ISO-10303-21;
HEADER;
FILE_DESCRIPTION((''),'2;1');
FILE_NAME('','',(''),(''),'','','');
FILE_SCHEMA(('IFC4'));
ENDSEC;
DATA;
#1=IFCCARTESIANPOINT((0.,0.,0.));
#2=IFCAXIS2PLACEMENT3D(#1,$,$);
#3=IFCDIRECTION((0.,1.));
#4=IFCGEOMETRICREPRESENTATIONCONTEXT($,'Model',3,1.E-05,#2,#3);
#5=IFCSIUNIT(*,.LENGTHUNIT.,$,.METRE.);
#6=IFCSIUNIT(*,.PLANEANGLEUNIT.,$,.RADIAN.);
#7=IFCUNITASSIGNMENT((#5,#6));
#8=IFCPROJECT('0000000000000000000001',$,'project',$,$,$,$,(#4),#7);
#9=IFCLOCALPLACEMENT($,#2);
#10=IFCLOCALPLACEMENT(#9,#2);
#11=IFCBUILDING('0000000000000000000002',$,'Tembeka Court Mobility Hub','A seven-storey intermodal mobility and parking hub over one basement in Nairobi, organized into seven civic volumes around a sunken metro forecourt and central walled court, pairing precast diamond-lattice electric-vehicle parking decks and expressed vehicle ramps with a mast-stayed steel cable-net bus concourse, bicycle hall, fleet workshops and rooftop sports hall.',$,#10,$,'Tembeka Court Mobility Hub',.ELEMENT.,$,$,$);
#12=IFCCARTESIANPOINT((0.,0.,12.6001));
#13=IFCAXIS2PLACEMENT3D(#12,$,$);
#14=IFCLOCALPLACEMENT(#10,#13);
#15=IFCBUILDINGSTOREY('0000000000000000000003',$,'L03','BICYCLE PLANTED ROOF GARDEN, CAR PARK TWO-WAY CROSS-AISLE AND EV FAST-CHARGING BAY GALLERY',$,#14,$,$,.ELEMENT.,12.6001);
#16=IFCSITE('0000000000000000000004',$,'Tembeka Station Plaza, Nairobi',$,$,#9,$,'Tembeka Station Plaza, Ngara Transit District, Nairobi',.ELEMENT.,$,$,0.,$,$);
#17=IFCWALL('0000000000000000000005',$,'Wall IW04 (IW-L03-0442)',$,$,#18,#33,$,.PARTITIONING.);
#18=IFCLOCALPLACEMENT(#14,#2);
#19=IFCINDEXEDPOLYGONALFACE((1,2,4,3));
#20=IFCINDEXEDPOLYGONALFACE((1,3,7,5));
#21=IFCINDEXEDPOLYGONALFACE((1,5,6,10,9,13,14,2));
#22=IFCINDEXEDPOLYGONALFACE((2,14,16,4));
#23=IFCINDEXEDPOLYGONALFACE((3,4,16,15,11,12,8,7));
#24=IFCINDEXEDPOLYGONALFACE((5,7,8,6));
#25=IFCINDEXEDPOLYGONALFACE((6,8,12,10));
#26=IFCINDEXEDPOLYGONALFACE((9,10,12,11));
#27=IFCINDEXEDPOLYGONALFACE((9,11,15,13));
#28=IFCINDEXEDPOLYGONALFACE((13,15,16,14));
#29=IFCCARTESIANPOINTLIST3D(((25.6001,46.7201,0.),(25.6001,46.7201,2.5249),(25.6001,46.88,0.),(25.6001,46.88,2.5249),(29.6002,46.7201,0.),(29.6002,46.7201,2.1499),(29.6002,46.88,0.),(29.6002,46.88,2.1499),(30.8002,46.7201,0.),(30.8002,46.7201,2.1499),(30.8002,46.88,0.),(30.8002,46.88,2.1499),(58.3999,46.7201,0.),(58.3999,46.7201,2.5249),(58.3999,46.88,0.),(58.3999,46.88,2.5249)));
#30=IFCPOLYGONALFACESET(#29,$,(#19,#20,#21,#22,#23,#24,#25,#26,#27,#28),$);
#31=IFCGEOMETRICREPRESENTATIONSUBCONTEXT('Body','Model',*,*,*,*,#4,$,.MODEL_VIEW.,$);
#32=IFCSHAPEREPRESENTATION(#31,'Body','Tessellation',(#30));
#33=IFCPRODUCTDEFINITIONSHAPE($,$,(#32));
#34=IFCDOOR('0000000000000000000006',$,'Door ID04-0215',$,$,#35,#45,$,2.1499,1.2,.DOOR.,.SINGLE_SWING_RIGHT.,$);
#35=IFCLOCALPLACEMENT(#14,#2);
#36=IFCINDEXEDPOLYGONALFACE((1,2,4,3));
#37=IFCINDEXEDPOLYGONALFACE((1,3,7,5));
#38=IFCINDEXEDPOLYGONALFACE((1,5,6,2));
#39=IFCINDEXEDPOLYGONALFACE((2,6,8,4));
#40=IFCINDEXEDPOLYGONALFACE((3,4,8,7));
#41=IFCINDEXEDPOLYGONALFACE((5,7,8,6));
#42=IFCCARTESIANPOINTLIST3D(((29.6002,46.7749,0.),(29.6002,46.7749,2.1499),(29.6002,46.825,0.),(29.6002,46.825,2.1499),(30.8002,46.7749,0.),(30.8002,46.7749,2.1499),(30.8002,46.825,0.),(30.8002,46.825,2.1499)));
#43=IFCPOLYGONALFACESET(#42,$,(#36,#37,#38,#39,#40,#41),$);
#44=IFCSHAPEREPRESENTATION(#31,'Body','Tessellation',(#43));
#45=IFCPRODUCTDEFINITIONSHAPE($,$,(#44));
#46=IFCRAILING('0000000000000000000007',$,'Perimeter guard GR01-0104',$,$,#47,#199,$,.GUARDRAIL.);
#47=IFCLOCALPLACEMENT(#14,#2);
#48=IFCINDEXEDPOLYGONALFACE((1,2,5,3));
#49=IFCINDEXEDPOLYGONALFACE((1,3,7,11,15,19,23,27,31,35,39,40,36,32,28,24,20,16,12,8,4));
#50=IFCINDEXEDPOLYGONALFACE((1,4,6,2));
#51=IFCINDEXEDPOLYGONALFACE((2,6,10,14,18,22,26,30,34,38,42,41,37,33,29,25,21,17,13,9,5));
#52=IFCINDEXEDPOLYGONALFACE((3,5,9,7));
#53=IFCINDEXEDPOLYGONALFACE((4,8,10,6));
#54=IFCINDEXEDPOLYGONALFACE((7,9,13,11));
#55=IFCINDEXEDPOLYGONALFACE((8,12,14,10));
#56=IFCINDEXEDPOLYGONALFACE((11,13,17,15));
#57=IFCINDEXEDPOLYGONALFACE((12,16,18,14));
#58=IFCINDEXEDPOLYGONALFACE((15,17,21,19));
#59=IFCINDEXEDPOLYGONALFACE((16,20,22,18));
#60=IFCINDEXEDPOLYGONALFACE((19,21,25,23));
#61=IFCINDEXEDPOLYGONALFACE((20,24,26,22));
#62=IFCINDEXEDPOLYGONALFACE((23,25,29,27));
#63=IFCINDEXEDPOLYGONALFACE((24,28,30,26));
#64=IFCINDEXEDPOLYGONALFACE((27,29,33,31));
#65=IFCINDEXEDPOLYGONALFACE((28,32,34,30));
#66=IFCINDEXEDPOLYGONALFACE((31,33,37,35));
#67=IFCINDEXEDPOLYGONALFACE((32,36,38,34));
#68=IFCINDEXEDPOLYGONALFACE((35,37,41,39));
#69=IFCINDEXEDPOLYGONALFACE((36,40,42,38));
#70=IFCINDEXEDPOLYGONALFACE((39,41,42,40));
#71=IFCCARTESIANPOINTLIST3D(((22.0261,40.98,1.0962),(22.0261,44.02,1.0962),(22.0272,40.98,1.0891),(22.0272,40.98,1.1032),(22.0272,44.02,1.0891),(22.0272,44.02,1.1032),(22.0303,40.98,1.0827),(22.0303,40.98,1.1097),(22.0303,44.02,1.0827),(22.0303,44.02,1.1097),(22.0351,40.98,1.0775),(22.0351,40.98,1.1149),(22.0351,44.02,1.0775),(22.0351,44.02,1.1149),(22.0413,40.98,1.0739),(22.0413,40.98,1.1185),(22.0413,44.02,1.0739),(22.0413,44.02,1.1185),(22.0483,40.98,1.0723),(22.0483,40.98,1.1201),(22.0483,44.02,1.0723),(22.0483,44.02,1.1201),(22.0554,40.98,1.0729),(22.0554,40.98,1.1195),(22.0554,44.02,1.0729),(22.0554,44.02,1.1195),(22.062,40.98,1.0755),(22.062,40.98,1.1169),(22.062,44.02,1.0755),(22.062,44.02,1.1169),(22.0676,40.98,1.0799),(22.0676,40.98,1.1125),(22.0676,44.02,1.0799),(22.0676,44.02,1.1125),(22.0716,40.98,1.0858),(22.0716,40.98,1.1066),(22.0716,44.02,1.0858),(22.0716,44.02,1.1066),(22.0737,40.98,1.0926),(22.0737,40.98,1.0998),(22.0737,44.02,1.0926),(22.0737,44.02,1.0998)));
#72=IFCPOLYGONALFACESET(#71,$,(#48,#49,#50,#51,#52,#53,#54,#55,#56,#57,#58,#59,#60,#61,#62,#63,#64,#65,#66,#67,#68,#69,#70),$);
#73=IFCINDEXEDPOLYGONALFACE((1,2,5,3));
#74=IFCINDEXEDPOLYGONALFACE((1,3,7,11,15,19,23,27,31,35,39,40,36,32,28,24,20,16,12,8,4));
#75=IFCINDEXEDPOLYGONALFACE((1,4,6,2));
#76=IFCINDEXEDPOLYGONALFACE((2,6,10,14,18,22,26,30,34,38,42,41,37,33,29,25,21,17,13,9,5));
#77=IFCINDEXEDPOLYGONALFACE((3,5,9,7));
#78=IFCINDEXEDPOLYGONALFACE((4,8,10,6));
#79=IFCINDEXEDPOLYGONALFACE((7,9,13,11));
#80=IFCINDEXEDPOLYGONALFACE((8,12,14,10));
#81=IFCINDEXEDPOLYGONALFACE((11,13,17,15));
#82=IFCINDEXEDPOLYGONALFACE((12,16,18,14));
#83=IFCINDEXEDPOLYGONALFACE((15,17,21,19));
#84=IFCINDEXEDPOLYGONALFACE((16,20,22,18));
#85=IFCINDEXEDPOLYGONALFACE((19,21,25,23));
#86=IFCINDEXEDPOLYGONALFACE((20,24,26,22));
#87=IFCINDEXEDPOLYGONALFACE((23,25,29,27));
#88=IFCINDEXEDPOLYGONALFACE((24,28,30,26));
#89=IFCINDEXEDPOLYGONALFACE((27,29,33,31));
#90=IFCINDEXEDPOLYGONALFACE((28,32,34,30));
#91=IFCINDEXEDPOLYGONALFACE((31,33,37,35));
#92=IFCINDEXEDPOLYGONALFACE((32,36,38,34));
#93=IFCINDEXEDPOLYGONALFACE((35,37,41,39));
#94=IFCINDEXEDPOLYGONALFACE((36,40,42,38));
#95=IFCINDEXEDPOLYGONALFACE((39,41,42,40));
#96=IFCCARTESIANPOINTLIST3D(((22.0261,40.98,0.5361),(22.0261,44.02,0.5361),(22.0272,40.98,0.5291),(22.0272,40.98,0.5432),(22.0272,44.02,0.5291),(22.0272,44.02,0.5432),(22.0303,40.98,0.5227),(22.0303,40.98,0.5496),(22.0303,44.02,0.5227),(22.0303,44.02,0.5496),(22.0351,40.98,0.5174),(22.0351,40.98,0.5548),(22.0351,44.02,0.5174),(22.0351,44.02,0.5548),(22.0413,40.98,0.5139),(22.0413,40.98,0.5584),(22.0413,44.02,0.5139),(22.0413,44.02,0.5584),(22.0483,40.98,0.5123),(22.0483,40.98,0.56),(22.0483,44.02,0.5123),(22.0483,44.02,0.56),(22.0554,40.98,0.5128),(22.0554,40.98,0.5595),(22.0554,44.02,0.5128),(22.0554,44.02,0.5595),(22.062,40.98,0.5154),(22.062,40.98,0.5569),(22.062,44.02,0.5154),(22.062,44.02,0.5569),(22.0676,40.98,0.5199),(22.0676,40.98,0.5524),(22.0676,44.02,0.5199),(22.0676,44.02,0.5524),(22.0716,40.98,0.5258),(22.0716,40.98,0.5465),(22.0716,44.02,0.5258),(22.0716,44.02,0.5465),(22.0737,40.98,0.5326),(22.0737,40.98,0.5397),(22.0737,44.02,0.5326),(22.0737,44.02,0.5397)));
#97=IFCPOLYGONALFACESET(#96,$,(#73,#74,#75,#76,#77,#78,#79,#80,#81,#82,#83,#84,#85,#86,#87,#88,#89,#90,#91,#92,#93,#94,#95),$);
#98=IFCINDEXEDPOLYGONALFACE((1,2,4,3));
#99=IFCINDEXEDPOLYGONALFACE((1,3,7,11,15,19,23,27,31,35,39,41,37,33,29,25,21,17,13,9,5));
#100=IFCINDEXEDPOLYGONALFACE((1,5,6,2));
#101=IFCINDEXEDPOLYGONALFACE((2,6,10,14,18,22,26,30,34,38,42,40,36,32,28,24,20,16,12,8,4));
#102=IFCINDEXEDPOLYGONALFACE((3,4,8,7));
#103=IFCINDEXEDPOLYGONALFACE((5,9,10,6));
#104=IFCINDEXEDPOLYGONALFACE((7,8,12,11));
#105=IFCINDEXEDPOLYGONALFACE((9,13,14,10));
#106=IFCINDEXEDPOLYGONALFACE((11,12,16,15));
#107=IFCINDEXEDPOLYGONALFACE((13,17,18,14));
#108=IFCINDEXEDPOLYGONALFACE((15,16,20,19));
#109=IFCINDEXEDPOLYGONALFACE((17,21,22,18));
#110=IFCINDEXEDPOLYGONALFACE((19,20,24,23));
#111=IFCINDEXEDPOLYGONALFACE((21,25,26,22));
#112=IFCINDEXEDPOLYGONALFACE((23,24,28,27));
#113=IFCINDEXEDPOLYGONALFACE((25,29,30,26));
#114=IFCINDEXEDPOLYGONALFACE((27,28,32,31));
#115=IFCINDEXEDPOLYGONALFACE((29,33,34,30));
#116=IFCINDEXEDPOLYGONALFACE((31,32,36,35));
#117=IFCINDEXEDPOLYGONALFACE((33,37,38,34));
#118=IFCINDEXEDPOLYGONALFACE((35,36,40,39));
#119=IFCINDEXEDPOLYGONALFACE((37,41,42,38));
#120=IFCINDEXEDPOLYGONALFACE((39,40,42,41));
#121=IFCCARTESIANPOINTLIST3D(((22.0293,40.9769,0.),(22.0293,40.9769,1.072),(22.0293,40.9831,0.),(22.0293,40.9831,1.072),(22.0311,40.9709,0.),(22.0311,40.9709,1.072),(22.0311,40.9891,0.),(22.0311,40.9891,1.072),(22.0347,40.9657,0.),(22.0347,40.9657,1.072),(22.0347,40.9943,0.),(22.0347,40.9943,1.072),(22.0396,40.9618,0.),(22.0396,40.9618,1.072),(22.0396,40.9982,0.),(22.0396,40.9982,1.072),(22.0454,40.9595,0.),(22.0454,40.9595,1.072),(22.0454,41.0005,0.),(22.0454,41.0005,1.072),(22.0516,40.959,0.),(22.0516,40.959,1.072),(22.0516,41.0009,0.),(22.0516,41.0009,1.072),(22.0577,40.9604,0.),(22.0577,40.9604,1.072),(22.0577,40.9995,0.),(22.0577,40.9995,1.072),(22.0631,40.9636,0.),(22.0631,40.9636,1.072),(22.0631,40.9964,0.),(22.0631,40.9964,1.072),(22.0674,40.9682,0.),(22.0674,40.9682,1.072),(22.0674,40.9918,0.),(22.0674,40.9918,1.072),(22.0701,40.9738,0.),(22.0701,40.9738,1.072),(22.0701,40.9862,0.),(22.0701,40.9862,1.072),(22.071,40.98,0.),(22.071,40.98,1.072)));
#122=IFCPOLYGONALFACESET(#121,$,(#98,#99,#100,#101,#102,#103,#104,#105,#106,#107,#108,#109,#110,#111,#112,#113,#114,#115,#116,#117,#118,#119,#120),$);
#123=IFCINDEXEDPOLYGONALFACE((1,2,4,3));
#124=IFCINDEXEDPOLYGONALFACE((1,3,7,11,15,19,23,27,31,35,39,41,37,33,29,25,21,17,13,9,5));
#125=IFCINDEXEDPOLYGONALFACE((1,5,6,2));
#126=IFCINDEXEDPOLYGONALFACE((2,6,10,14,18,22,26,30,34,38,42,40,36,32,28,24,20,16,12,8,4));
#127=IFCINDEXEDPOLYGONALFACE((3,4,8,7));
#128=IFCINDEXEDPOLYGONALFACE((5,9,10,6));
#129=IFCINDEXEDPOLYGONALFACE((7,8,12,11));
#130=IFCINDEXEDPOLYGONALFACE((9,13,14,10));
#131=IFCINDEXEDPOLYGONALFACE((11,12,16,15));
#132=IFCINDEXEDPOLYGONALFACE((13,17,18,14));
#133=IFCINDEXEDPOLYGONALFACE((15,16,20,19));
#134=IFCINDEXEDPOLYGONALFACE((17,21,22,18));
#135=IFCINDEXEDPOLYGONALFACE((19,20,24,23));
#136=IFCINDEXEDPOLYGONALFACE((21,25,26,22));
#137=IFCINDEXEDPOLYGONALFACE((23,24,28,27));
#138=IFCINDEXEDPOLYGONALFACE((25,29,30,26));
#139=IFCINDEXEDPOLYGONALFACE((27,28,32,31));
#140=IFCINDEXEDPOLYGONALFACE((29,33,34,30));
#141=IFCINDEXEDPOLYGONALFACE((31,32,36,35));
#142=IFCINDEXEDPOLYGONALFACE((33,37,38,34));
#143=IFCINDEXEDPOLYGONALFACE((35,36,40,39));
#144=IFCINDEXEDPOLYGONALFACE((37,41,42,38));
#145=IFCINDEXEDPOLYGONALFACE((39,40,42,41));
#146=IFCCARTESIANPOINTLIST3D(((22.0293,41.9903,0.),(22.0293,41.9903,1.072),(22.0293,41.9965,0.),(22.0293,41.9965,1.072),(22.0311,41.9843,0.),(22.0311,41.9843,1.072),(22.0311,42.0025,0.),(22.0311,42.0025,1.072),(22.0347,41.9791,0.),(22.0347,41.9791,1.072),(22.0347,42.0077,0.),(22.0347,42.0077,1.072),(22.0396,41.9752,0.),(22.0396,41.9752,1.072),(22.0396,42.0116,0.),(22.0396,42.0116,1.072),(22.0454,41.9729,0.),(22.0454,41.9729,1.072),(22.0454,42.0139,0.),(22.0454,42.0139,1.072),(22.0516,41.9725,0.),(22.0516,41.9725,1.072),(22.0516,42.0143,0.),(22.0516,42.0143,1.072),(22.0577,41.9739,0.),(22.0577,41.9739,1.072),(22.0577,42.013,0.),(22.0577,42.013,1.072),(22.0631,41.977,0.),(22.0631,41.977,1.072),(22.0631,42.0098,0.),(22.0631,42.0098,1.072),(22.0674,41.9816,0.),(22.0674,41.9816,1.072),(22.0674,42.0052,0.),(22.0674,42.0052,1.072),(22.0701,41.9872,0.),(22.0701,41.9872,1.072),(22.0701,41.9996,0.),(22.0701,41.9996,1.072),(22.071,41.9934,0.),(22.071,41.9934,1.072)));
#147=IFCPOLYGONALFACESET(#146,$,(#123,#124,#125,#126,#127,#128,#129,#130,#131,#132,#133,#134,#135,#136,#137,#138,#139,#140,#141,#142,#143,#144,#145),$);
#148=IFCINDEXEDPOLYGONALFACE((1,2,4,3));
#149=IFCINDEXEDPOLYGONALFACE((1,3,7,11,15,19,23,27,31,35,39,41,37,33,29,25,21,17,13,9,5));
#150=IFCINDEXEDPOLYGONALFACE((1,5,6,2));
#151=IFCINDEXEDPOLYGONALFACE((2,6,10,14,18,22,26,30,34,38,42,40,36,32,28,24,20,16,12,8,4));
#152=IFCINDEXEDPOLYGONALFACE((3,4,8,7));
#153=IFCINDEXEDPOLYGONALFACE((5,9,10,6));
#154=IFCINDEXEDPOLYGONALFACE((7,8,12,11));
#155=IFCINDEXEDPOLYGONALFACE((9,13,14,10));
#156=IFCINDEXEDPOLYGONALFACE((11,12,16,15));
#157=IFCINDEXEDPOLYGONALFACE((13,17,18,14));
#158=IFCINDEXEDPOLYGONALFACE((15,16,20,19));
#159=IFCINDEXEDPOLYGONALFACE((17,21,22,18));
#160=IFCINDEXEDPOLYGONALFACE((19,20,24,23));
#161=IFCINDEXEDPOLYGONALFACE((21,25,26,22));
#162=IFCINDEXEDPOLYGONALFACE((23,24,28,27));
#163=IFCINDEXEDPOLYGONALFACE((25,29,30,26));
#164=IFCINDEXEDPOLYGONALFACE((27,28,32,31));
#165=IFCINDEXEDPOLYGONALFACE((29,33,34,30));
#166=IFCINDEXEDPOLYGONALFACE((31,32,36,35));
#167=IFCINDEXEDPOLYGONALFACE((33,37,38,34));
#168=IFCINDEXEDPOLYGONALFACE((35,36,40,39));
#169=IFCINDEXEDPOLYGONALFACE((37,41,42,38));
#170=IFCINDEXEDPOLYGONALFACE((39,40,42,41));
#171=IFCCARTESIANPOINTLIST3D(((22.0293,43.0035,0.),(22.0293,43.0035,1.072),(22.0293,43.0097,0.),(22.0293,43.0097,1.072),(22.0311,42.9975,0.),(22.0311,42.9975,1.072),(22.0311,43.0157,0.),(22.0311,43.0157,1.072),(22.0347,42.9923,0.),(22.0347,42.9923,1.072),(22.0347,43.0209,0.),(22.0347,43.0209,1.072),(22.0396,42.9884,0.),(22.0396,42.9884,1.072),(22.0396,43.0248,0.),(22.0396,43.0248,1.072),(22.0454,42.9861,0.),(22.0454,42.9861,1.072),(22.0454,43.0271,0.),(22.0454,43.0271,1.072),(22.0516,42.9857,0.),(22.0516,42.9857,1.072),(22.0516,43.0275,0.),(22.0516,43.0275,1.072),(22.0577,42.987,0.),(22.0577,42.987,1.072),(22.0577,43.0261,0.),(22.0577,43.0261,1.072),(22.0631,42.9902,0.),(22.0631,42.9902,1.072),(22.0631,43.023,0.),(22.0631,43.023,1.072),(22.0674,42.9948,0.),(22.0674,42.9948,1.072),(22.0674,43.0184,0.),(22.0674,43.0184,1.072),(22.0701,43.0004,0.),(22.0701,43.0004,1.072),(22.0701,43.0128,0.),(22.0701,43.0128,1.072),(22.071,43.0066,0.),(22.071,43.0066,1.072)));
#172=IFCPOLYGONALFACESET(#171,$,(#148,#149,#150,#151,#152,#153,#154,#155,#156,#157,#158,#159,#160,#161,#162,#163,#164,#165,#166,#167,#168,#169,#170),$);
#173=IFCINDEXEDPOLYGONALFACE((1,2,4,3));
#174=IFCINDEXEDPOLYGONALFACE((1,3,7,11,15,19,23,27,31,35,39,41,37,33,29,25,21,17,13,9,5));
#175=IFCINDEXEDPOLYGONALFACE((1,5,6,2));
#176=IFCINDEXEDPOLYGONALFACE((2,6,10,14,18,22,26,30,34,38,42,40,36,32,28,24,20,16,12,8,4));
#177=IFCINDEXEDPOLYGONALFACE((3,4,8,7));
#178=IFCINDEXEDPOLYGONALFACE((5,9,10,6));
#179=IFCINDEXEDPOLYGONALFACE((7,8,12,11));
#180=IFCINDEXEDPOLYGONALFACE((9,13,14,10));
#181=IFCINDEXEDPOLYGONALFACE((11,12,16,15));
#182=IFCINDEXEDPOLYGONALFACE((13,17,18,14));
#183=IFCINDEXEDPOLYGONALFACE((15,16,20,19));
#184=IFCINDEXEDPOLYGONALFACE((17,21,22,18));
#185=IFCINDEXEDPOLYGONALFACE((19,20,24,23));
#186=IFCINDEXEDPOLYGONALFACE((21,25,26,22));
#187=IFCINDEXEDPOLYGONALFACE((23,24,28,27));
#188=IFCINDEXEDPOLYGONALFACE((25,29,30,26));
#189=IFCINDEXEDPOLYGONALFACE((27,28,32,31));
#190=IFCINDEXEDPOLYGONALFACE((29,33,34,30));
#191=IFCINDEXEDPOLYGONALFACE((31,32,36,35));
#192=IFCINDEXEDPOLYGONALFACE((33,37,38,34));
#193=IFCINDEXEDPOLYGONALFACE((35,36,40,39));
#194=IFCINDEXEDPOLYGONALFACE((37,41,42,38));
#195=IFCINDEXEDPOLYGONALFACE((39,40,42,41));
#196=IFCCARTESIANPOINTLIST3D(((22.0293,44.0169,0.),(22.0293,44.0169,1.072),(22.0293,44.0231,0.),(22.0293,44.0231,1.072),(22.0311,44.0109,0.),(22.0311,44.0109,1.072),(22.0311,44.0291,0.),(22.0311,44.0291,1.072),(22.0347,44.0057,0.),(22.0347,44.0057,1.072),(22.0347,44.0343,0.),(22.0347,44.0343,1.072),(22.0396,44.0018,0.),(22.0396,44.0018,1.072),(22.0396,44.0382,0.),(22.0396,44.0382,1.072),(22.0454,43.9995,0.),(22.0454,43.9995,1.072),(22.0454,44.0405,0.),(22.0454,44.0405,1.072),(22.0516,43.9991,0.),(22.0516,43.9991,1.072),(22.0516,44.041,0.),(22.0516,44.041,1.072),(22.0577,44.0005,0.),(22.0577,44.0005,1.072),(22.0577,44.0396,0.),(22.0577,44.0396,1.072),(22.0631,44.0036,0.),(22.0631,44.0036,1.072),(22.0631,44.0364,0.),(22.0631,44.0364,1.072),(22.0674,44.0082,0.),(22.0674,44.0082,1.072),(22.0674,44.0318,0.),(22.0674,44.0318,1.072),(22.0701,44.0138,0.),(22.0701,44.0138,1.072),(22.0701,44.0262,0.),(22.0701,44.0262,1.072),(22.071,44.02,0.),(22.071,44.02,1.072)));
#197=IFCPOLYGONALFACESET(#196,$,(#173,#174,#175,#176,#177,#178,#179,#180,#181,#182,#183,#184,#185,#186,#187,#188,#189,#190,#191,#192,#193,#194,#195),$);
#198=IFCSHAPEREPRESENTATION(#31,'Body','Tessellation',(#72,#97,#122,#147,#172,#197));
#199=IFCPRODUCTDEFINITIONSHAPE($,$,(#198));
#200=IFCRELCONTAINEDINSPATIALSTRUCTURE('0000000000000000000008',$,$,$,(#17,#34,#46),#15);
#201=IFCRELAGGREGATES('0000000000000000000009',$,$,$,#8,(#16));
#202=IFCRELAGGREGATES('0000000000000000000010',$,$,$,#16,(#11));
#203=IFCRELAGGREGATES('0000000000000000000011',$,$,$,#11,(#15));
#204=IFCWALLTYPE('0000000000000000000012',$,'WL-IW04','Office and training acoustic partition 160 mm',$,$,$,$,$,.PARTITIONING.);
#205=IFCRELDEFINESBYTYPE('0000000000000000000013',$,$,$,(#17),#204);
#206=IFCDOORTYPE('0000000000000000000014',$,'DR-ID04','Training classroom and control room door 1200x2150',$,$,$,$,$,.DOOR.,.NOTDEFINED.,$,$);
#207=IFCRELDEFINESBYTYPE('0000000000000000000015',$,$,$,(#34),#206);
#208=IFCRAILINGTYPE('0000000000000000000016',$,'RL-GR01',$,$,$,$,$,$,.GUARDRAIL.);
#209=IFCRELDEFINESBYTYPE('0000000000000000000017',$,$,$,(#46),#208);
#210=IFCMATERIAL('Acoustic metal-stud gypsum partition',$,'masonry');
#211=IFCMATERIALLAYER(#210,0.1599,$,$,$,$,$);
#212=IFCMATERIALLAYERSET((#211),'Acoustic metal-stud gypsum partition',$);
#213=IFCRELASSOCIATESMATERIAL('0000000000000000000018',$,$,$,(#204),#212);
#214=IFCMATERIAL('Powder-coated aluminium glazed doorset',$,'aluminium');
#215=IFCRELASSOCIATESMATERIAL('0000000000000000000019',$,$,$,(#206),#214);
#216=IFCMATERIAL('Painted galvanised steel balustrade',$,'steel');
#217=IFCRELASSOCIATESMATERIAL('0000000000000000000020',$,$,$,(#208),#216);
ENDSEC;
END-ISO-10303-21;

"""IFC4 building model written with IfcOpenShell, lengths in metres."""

from ifc_helpers import new_model, si_unit, direction, frame, frame_2d, origin, origin_2d, place, context, subcontext, project, spatial, rectangle, circle, extrude, material, layer, layer_set, type_object, element, fill, save


model = new_model("IFC4")

# Units and contexts
model_context = context("Model", 3, precision=1e-05, world=origin(), true_north=direction((0.0, 1.0)))
body_context = subcontext(model_context, "Body", "Model", "MODEL_VIEW")
ifc_project = project(units=[si_unit("LENGTHUNIT", "METRE"), si_unit("PLANEANGLEUNIT", "RADIAN")], contexts=[model_context])

# Site, building, storey
site_placement = place(None, origin())
site = spatial("IfcSite", under=ifc_project, at=site_placement, Name="Tembeka Station Plaza, Nairobi", LongName="Tembeka Station Plaza, Ngara Transit District, Nairobi", CompositionType="ELEMENT", RefElevation=0.0)
building_placement = place(site_placement, origin())
building = spatial("IfcBuilding", under=site, at=building_placement, Name="Tembeka Court Mobility Hub", Description="A seven-storey intermodal mobility and parking hub over one basement in Nairobi, organized into seven civic volumes around a sunken metro forecourt and central walled court, pairing precast diamond-lattice electric-vehicle parking decks and expressed vehicle ramps with a mast-stayed steel cable-net bus concourse, bicycle hall, fleet workshops and rooftop sports hall.", LongName="Tembeka Court Mobility Hub", CompositionType="ELEMENT")
storey_placement = place(building_placement, frame((0.0, 0.0, 12.6001)))
storey = spatial("IfcBuildingStorey", under=building, at=storey_placement, Name="L03", Description="BICYCLE PLANTED ROOF GARDEN, CAR PARK TWO-WAY CROSS-AISLE AND EV FAST-CHARGING BAY GALLERY", CompositionType="ELEMENT", Elevation=12.6001)

# Wall, opening, door
ifc_material_1 = material(Name="Acoustic metal-stud gypsum partition", Category="masonry")
ifc_layer = layer(ifc_material_1, 0.1599)
ifc_layer_set = layer_set([ifc_layer], Name="Acoustic metal-stud gypsum partition")
wall_type = type_object("IfcWallType", Name="WL-IW04", Description="Office and training acoustic partition 160 mm", PredefinedType="PARTITIONING", material=ifc_layer_set)
wall_placement = place(storey_placement, frame((25.6001, 46.8, 0.0), z_axis=(0.0, 0.0, 1.0), x_axis=(1.0, 0.0, 0.0)))
wall = element("IfcWall", 1, at=wall_placement, inside=storey, type_object=wall_type, Name="Wall IW04 (IW-L03-0442)", PredefinedType="PARTITIONING", context=body_context, shape_type="SweptSolid", body=[
    extrude(rectangle(XDim=32.7998, YDim=0.1599, at=frame_2d((16.3999, 0.0))), origin(), (0.0, 0.0, 1.0), 2.5249),
])
opening_placement = place(wall_placement, frame((4.0, 0.0, 0.0)))
opening = element("IfcOpeningElement", 2, at=opening_placement, cuts=wall, PredefinedType="OPENING", context=body_context, shape_type="SweptSolid", body=[
    extrude(rectangle(XDim=1.2, YDim=2.1499, at=frame_2d((0.6001, 1.075))), frame((0.0, 0.0898, 0.0), z_axis=(0.0, -1.0, 0.0), x_axis=(1.0, 0.0, 0.0)), (0.0, 0.0, 1.0), 0.1799),
])
ifc_material_2 = material(Name="Powder-coated aluminium glazed doorset", Category="aluminium")
door_type = type_object("IfcDoorType", Name="DR-ID04", Description="Training classroom and control room door 1200x2150", OperationType="NOTDEFINED", PredefinedType="DOOR", material=ifc_material_2)
door_placement = place(opening_placement, origin())
door = element("IfcDoor", 3, at=door_placement, inside=storey, type_object=door_type, Name="Door ID04-0215", OperationType="SINGLE_SWING_RIGHT", OverallHeight=2.1499, OverallWidth=1.2, PredefinedType="DOOR", context=body_context, shape_type="SweptSolid", body=[
    extrude(rectangle(XDim=1.2, YDim=2.1499, at=frame_2d((0.6001, 1.075))), frame((0.0, 0.0249, 0.0), z_axis=(0.0, -1.0, 0.0), x_axis=(1.0, 0.0, 0.0)), (0.0, 0.0, 1.0), 0.05),
])
fill(opening, door)

# Railing
ifc_material_3 = material(Name="Painted galvanised steel balustrade", Category="steel")
railing_type_1 = type_object("IfcRailingType", Name="RL-GR01", PredefinedType="GUARDRAIL", material=ifc_material_3)
railing_1_placement = place(storey_placement, frame((22.05, 40.98, 0.0)))
element("IfcRailing", 4, at=railing_1_placement, inside=storey, type_object=railing_type_1, Name="Perimeter guard GR01-0104", PredefinedType="GUARDRAIL", context=body_context, shape_type="SweptSolid", body=[
    extrude(circle(Radius=0.0239, at=origin_2d()), frame((0.0, 0.0, 1.0962), z_axis=(0.0, 1.0, 0.0), x_axis=(-1.0, 0.0, 0.0)), (0.0, 0.0, 1.0), 3.04),
    extrude(circle(Radius=0.0239, at=origin_2d()), frame((0.0, 0.0, 0.5361), z_axis=(0.0, 1.0, 0.0), x_axis=(-1.0, 0.0, 0.0)), (0.0, 0.0, 1.0), 3.04),
    extrude(circle(Radius=0.021, at=origin_2d()), origin(), (0.0, 0.0, 1.0), 1.072),
    extrude(circle(Radius=0.021, at=origin_2d()), frame((0.0, 1.0134, 0.0)), (0.0, 0.0, 1.0), 1.072),
    extrude(circle(Radius=0.021, at=origin_2d()), frame((0.0, 2.0266, 0.0)), (0.0, 0.0, 1.0), 1.072),
    extrude(circle(Radius=0.021, at=origin_2d()), frame((0.0, 3.04, 0.0)), (0.0, 0.0, 1.0), 1.072),
])

save(model, "model.ifc")
